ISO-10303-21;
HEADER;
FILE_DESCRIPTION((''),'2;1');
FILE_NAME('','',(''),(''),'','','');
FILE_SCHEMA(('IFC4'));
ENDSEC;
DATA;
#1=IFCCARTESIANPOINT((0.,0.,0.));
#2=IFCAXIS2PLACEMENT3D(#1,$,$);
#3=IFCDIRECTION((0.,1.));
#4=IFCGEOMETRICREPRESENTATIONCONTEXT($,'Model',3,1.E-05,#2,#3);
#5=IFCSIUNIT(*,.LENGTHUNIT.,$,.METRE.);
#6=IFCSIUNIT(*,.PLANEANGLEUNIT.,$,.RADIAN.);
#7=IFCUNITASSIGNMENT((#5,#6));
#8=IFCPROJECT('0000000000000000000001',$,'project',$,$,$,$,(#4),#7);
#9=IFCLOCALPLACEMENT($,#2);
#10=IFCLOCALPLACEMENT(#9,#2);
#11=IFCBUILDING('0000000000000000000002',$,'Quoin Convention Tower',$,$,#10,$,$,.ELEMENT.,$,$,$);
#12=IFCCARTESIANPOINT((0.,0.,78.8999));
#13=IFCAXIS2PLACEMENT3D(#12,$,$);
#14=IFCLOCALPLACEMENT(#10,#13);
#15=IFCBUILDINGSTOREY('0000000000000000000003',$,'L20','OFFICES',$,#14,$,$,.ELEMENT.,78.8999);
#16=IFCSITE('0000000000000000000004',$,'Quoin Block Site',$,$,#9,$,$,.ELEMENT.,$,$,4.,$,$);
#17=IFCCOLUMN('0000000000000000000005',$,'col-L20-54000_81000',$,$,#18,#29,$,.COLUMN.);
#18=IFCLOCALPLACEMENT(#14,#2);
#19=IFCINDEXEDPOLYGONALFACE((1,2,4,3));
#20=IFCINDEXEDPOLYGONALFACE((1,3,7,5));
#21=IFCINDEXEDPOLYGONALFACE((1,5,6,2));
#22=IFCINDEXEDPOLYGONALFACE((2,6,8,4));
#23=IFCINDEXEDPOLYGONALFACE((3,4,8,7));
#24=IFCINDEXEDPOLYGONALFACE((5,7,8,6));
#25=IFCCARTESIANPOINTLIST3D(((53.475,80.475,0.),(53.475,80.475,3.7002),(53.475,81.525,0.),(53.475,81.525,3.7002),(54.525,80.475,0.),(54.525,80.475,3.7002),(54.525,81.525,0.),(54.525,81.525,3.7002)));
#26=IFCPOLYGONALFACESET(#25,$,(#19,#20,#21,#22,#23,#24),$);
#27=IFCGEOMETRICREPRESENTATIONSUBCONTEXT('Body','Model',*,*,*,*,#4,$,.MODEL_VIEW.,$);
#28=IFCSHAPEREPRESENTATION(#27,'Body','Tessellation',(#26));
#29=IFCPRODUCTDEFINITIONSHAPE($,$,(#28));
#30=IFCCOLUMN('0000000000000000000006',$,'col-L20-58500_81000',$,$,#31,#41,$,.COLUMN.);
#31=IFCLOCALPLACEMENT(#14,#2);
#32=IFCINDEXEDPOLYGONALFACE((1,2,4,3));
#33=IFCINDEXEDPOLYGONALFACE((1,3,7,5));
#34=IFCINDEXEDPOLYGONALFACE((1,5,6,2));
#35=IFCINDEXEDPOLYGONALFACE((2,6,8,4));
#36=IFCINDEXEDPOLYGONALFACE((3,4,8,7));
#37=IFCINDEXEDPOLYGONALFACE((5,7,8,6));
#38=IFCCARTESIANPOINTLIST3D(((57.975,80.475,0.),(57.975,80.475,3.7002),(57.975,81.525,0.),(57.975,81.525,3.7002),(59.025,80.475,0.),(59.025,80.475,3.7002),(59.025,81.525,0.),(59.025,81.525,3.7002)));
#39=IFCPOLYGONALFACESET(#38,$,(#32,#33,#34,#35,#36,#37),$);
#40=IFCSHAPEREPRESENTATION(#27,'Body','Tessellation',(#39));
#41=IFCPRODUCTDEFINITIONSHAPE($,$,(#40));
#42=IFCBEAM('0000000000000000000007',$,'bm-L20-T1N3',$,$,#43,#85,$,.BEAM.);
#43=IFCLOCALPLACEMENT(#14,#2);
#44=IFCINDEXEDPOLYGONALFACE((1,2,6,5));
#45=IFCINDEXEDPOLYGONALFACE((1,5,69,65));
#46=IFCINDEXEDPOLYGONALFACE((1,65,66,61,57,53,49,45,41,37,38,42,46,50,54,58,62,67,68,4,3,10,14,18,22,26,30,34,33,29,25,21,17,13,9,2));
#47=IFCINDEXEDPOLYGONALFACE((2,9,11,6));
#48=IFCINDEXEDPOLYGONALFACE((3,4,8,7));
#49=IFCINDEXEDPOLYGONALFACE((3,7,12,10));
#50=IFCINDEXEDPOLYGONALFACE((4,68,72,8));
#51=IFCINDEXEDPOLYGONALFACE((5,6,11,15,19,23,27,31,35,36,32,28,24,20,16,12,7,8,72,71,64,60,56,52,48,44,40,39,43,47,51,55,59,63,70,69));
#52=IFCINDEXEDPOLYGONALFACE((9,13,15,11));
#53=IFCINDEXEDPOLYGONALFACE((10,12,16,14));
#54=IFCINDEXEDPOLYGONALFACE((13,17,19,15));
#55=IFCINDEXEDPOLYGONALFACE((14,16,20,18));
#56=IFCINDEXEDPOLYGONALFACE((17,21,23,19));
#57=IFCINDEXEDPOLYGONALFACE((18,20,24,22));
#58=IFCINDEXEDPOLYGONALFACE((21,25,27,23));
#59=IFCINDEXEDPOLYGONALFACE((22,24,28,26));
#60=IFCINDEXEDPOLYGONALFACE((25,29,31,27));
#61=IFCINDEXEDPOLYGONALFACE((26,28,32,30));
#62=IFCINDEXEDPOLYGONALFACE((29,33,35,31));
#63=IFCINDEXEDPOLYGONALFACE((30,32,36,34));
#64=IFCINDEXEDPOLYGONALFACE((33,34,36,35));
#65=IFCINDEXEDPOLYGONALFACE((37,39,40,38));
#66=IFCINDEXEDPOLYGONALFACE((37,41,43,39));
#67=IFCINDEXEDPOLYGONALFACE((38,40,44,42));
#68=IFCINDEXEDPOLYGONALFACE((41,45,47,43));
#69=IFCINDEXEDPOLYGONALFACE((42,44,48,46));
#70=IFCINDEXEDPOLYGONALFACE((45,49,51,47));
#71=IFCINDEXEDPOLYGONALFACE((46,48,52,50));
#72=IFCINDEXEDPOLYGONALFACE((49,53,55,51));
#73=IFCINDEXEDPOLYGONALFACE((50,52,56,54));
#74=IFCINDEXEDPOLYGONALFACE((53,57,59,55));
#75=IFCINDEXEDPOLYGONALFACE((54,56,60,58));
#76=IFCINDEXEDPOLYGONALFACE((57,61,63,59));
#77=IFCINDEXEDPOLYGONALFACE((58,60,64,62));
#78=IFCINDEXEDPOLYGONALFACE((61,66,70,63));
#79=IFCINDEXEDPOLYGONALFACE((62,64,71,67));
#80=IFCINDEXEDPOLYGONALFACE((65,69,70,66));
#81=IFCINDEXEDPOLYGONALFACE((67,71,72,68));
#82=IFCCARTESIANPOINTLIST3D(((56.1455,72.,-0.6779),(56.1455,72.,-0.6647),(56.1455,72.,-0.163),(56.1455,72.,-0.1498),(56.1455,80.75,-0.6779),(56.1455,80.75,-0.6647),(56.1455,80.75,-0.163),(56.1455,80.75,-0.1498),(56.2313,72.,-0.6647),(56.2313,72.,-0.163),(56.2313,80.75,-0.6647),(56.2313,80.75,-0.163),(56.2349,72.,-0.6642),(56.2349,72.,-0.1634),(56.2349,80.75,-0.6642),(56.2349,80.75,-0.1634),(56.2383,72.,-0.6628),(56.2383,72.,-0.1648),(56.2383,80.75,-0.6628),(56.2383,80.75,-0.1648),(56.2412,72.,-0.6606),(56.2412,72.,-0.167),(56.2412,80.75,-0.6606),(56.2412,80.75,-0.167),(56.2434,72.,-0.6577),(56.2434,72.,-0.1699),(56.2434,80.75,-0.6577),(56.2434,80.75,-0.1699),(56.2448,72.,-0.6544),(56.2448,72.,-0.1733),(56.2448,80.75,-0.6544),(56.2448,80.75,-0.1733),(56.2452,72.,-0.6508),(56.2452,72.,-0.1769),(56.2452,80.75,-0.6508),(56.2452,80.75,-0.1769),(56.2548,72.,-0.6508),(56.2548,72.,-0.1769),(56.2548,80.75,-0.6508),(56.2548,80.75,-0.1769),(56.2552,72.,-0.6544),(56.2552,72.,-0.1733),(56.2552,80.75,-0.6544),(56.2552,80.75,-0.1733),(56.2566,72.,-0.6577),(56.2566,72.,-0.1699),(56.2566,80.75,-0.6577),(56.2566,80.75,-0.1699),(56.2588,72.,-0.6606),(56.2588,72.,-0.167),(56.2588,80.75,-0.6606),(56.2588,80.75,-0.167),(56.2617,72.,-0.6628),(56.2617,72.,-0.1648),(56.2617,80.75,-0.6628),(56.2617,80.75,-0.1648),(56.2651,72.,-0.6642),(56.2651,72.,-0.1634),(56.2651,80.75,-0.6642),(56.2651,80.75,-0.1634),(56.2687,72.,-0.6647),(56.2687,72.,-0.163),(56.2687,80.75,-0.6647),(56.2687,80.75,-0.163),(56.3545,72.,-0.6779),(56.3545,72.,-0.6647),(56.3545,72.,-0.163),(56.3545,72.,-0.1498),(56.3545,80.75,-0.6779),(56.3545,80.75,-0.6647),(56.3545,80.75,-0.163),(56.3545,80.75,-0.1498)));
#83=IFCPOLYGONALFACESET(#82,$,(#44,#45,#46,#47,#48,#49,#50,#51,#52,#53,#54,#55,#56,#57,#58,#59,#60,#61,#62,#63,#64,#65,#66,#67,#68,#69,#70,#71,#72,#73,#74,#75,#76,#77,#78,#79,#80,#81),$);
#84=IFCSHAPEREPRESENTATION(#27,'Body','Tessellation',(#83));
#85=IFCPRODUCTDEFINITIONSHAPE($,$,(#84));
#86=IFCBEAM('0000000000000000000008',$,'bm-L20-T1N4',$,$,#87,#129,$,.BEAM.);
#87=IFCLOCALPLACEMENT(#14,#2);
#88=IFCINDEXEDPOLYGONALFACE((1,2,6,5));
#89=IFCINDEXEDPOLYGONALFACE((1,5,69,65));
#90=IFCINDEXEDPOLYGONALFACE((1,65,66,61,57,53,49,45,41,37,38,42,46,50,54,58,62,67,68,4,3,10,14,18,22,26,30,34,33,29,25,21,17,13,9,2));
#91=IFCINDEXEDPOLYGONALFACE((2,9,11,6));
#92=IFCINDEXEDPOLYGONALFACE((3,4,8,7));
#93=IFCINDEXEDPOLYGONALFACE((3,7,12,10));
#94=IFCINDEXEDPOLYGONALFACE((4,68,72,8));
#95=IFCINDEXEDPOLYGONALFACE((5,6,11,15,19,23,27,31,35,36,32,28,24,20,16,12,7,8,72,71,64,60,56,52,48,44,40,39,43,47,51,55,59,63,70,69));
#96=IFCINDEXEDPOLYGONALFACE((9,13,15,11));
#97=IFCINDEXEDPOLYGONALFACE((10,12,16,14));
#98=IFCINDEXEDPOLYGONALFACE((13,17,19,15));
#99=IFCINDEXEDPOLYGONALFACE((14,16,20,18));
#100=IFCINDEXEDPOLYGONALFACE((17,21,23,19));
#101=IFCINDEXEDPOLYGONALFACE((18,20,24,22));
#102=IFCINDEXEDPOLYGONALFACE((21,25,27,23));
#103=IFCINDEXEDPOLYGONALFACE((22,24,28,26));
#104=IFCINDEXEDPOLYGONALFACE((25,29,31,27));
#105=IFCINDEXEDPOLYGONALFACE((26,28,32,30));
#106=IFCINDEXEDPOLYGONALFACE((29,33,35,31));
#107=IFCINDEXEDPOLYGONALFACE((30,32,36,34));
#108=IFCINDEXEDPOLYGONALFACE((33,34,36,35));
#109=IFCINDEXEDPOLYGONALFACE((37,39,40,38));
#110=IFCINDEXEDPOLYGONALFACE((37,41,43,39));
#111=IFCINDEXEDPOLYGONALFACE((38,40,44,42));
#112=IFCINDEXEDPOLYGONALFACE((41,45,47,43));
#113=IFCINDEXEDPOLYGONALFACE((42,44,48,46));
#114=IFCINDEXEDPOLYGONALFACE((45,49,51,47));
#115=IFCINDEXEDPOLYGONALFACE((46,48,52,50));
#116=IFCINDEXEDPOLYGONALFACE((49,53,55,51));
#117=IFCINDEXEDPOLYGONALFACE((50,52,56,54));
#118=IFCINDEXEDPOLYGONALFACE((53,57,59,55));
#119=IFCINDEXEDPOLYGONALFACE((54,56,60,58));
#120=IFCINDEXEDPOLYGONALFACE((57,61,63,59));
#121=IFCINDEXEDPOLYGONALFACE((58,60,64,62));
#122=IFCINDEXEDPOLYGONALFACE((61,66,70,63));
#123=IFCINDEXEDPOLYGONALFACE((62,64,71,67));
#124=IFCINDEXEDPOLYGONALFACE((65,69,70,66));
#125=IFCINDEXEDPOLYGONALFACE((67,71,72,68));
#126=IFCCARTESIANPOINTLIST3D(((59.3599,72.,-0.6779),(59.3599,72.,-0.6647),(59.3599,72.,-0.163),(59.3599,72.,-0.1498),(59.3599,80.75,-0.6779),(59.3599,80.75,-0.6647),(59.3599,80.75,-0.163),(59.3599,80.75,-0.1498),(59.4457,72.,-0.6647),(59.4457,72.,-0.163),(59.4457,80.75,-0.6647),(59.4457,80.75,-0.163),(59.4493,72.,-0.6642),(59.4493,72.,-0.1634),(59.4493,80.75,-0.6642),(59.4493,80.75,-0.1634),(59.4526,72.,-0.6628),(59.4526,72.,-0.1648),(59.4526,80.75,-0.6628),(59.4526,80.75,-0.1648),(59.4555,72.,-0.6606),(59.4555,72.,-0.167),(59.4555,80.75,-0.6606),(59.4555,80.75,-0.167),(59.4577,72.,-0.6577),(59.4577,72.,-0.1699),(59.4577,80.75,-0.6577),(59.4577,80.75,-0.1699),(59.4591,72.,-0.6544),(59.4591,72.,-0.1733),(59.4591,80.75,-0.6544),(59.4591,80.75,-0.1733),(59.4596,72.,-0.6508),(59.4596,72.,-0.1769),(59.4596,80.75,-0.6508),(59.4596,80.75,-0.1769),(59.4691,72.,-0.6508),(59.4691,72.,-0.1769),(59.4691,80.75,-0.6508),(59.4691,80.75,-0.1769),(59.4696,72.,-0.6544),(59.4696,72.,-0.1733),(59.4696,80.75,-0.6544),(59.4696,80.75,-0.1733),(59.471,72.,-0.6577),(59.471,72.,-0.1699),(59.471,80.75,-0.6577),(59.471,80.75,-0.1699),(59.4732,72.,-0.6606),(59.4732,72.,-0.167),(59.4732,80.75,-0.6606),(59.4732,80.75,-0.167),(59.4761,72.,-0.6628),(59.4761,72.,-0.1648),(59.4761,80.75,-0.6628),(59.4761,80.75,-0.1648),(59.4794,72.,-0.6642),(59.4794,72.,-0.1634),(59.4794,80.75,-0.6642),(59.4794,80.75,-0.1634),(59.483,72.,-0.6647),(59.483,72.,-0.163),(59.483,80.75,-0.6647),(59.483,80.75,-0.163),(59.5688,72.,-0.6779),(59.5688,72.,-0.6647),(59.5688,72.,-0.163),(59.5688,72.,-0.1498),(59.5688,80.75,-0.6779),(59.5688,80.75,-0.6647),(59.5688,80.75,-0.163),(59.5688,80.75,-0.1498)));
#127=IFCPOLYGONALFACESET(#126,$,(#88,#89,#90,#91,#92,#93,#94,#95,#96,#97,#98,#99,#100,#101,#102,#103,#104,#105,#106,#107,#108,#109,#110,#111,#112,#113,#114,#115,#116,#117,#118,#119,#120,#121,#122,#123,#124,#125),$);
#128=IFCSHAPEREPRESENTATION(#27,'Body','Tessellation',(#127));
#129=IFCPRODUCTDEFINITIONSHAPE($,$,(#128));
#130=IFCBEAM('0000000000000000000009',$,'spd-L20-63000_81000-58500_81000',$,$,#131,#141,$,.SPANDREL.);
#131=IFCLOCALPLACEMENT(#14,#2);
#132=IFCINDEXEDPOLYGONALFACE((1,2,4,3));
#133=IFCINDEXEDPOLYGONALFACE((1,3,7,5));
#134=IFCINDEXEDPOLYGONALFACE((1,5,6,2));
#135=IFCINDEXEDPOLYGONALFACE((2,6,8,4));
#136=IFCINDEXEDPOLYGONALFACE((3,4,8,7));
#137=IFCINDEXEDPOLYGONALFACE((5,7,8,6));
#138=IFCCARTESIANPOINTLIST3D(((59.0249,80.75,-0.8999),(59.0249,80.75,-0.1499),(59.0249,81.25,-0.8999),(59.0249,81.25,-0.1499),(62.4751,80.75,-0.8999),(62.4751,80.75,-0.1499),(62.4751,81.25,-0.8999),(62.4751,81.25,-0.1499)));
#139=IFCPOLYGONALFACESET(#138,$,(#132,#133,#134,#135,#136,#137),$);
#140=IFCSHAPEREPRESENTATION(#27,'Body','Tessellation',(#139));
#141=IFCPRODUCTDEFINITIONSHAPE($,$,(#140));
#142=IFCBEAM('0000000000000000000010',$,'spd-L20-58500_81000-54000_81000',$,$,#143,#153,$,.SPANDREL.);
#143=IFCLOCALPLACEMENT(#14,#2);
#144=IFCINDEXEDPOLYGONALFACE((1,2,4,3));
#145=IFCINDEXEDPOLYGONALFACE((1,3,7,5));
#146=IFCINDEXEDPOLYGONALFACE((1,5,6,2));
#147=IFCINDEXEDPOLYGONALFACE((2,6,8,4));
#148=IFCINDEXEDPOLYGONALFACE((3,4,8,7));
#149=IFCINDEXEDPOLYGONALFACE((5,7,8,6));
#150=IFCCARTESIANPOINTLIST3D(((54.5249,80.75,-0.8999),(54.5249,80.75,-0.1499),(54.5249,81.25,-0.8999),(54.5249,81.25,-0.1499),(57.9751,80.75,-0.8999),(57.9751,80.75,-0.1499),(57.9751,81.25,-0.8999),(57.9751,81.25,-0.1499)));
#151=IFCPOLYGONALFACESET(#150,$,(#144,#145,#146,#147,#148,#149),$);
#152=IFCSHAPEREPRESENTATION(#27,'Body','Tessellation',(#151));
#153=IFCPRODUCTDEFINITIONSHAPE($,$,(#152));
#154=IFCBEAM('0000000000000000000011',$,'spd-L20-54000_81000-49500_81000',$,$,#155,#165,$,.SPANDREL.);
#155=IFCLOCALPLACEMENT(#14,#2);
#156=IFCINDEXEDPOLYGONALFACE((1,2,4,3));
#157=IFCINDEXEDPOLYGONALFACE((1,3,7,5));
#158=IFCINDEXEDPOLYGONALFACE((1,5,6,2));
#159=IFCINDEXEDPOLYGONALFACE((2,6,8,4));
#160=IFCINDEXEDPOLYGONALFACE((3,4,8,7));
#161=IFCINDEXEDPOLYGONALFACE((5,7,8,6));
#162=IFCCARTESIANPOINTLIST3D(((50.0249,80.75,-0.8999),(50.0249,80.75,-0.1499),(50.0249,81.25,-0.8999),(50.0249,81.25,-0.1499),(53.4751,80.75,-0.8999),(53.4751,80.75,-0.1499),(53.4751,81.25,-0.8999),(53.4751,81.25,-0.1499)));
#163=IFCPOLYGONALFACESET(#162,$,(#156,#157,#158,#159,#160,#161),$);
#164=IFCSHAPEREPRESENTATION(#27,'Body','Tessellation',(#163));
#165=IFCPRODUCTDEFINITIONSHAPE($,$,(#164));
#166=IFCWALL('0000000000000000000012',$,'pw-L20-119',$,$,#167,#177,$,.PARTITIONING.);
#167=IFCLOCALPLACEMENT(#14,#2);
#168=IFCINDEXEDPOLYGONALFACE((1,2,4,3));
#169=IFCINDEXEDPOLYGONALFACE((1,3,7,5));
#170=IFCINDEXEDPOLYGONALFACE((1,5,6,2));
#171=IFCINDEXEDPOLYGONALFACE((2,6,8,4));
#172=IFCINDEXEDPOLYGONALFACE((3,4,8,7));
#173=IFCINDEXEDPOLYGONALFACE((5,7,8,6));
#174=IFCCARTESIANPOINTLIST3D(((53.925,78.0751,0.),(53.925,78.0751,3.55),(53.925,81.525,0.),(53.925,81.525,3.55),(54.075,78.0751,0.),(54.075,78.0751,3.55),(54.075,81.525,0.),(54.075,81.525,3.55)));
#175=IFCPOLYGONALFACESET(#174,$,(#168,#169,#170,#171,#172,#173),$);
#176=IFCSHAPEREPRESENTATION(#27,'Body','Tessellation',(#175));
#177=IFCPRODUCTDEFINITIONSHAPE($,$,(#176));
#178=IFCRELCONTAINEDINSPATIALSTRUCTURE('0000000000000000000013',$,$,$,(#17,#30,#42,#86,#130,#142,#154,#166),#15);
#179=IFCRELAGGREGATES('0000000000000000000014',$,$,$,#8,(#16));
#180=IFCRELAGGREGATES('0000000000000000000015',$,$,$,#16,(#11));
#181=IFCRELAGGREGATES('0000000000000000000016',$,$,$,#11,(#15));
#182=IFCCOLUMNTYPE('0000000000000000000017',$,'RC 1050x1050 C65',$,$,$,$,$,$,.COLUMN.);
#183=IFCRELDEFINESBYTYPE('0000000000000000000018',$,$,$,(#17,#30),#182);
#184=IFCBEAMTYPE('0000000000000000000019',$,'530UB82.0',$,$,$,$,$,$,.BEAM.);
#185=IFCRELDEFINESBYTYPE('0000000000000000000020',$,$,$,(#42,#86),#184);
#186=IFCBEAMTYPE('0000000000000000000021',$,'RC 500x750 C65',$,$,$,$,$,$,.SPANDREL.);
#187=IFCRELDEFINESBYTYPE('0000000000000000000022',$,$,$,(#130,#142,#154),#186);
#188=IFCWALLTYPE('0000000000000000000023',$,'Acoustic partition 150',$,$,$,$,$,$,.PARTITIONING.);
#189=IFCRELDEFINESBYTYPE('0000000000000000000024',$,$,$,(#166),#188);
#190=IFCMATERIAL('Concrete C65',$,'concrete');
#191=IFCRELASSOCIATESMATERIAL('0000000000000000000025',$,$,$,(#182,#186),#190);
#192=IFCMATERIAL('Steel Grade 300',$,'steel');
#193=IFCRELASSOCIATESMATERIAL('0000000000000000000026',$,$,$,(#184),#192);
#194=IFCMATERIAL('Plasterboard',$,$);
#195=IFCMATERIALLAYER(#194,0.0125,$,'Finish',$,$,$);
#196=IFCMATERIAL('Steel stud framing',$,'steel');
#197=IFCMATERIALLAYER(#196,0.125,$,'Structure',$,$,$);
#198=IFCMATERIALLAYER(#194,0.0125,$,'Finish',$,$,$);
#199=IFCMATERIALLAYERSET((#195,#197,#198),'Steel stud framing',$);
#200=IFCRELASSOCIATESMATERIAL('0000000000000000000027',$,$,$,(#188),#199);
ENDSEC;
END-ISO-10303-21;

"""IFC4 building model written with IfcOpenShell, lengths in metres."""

from ifc_helpers import new_model, si_unit, direction, frame, frame_2d, origin, origin_2d, place, context, subcontext, project, spatial, rectangle, i_section, extrude, material, layer, layer_set, material_profile, profile_set, type_object, element, save


model = new_model("IFC4")

# Units and contexts
model_context = context("Model", 3, precision=1e-05, world=origin(), true_north=direction((0.0, 1.0)))
body_context = subcontext(model_context, "Body", "Model", "MODEL_VIEW")
ifc_project = project(units=[si_unit("LENGTHUNIT", "METRE"), si_unit("PLANEANGLEUNIT", "RADIAN")], contexts=[model_context])

# Site, building, storey
site_placement = place(None, origin())
site = spatial("IfcSite", under=ifc_project, at=site_placement, Name="Quoin Block Site", CompositionType="ELEMENT", RefElevation=4.0)
building_placement = place(site_placement, origin())
building = spatial("IfcBuilding", under=site, at=building_placement, Name="Quoin Convention Tower", CompositionType="ELEMENT")
storey_placement = place(building_placement, frame((0.0, 0.0, 78.8999)))
storey = spatial("IfcBuildingStorey", under=building, at=storey_placement, Name="L20", Description="OFFICES", CompositionType="ELEMENT", Elevation=78.8999)

# Columns
ifc_material_1 = material(Name="Concrete C65", Category="concrete")
ifc_material_profile_1 = material_profile(ifc_material_1, rectangle(XDim=1.05, YDim=1.05, at=origin_2d()), Name="RC 1050x1050")
ifc_profile_set_1 = profile_set([ifc_material_profile_1], Name="Concrete C65")
column_type = type_object("IfcColumnType", Name="RC 1050x1050 C65", PredefinedType="COLUMN", material=ifc_profile_set_1)
for number, where, z_axis, x_axis, name in (
    (1, (54.0, 81.0, 0.0), (0.0, 0.0, 1.0), (1.0, 0.0, 0.0), "col-L20-54000_81000"),
    (2, (58.5, 81.0, 0.0), (0.0, 0.0, 1.0), (1.0, 0.0, 0.0), "col-L20-58500_81000"),
):
    element("IfcColumn", number, at=place(storey_placement, frame(where, z_axis=z_axis, x_axis=x_axis)), inside=storey, type_object=column_type, Name=name, PredefinedType="COLUMN", context=body_context, shape_type="SweptSolid", body=[
        extrude(rectangle(XDim=1.05, YDim=1.05, at=origin_2d()), origin(), (0.0, 0.0, 1.0), 3.7002),
    ])

# Beams
ifc_material_2 = material(Name="Steel Grade 300", Category="steel")
ifc_material_profile_2 = material_profile(ifc_material_2, i_section(OverallWidth=0.209, OverallDepth=0.5281, WebThickness=0.0095, FlangeThickness=0.0132, FilletRadius=0.0139, at=origin_2d()), Name="530UB82.0")
ifc_profile_set_2 = profile_set([ifc_material_profile_2], Name="Steel Grade 300")
beam_type_1 = type_object("IfcBeamType", Name="530UB82.0", PredefinedType="BEAM", material=ifc_profile_set_2)
for number, where, z_axis, x_axis, name in (
    (3, (56.25, 72.0, -0.4138), (0.0, 1.0, 0.0), (-1.0, 0.0, 0.0), "bm-L20-T1N3"),
    (4, (59.4644, 72.0, -0.4138), (0.0, 1.0, 0.0), (-1.0, 0.0, 0.0), "bm-L20-T1N4"),
):
    element("IfcBeam", number, at=place(storey_placement, frame(where, z_axis=z_axis, x_axis=x_axis)), inside=storey, type_object=beam_type_1, Name=name, PredefinedType="BEAM", context=body_context, shape_type="SweptSolid", body=[
        extrude(i_section(OverallWidth=0.209, OverallDepth=0.5281, WebThickness=0.0095, FlangeThickness=0.0132, FilletRadius=0.0139, at=origin_2d()), origin(), (0.0, 0.0, 1.0), 8.75),
    ])
ifc_material_profile_3 = material_profile(ifc_material_1, rectangle(XDim=0.5, YDim=0.75, at=origin_2d()), Name="RC 500x750")
ifc_profile_set_3 = profile_set([ifc_material_profile_3], Name="Concrete C65")
beam_type_2 = type_object("IfcBeamType", Name="RC 500x750 C65", PredefinedType="SPANDREL", material=ifc_profile_set_3)
for number, where, z_axis, x_axis, name in (
    (5, (62.4751, 81.0, -0.5249), (-1.0, 0.0, 0.0), (0.0, -1.0, 0.0), "spd-L20-63000_81000-58500_81000"),
    (6, (57.9751, 81.0, -0.5249), (-1.0, 0.0, 0.0), (0.0, -1.0, 0.0), "spd-L20-58500_81000-54000_81000"),
    (7, (53.4751, 81.0, -0.5249), (-1.0, 0.0, 0.0), (0.0, -1.0, 0.0), "spd-L20-54000_81000-49500_81000"),
):
    element("IfcBeam", number, at=place(storey_placement, frame(where, z_axis=z_axis, x_axis=x_axis)), inside=storey, type_object=beam_type_2, Name=name, PredefinedType="SPANDREL", context=body_context, shape_type="SweptSolid", body=[
        extrude(rectangle(XDim=0.5, YDim=0.75, at=origin_2d()), origin(), (0.0, 0.0, 1.0), 3.4502),
    ])

# Wall
ifc_material_3 = material(Name="Plasterboard")
ifc_layer_1 = layer(ifc_material_3, 0.0125, Name="Finish")
ifc_material_4 = material(Name="Steel stud framing", Category="steel")
ifc_layer_2 = layer(ifc_material_4, 0.125, Name="Structure")
ifc_layer_3 = layer(ifc_material_3, 0.0125, Name="Finish")
ifc_layer_set_1 = layer_set([ifc_layer_1, ifc_layer_2, ifc_layer_3], Name="Steel stud framing")
wall_type_1 = type_object("IfcWallType", Name="Acoustic partition 150", PredefinedType="PARTITIONING", material=ifc_layer_set_1)
wall_1_placement = place(storey_placement, frame((54.0, 78.075, 0.0), z_axis=(0.0, 0.0, 1.0), x_axis=(0.0, 1.0, 0.0)))
element("IfcWall", 8, at=wall_1_placement, inside=storey, type_object=wall_type_1, Name="pw-L20-119", PredefinedType="PARTITIONING", context=body_context, shape_type="SweptSolid", body=[
    extrude(rectangle(XDim=3.45, YDim=0.1499, at=frame_2d((1.7251, 0.0))), origin(), (0.0, 0.0, 1.0), 3.55),
])

save(model, "model.ifc")
